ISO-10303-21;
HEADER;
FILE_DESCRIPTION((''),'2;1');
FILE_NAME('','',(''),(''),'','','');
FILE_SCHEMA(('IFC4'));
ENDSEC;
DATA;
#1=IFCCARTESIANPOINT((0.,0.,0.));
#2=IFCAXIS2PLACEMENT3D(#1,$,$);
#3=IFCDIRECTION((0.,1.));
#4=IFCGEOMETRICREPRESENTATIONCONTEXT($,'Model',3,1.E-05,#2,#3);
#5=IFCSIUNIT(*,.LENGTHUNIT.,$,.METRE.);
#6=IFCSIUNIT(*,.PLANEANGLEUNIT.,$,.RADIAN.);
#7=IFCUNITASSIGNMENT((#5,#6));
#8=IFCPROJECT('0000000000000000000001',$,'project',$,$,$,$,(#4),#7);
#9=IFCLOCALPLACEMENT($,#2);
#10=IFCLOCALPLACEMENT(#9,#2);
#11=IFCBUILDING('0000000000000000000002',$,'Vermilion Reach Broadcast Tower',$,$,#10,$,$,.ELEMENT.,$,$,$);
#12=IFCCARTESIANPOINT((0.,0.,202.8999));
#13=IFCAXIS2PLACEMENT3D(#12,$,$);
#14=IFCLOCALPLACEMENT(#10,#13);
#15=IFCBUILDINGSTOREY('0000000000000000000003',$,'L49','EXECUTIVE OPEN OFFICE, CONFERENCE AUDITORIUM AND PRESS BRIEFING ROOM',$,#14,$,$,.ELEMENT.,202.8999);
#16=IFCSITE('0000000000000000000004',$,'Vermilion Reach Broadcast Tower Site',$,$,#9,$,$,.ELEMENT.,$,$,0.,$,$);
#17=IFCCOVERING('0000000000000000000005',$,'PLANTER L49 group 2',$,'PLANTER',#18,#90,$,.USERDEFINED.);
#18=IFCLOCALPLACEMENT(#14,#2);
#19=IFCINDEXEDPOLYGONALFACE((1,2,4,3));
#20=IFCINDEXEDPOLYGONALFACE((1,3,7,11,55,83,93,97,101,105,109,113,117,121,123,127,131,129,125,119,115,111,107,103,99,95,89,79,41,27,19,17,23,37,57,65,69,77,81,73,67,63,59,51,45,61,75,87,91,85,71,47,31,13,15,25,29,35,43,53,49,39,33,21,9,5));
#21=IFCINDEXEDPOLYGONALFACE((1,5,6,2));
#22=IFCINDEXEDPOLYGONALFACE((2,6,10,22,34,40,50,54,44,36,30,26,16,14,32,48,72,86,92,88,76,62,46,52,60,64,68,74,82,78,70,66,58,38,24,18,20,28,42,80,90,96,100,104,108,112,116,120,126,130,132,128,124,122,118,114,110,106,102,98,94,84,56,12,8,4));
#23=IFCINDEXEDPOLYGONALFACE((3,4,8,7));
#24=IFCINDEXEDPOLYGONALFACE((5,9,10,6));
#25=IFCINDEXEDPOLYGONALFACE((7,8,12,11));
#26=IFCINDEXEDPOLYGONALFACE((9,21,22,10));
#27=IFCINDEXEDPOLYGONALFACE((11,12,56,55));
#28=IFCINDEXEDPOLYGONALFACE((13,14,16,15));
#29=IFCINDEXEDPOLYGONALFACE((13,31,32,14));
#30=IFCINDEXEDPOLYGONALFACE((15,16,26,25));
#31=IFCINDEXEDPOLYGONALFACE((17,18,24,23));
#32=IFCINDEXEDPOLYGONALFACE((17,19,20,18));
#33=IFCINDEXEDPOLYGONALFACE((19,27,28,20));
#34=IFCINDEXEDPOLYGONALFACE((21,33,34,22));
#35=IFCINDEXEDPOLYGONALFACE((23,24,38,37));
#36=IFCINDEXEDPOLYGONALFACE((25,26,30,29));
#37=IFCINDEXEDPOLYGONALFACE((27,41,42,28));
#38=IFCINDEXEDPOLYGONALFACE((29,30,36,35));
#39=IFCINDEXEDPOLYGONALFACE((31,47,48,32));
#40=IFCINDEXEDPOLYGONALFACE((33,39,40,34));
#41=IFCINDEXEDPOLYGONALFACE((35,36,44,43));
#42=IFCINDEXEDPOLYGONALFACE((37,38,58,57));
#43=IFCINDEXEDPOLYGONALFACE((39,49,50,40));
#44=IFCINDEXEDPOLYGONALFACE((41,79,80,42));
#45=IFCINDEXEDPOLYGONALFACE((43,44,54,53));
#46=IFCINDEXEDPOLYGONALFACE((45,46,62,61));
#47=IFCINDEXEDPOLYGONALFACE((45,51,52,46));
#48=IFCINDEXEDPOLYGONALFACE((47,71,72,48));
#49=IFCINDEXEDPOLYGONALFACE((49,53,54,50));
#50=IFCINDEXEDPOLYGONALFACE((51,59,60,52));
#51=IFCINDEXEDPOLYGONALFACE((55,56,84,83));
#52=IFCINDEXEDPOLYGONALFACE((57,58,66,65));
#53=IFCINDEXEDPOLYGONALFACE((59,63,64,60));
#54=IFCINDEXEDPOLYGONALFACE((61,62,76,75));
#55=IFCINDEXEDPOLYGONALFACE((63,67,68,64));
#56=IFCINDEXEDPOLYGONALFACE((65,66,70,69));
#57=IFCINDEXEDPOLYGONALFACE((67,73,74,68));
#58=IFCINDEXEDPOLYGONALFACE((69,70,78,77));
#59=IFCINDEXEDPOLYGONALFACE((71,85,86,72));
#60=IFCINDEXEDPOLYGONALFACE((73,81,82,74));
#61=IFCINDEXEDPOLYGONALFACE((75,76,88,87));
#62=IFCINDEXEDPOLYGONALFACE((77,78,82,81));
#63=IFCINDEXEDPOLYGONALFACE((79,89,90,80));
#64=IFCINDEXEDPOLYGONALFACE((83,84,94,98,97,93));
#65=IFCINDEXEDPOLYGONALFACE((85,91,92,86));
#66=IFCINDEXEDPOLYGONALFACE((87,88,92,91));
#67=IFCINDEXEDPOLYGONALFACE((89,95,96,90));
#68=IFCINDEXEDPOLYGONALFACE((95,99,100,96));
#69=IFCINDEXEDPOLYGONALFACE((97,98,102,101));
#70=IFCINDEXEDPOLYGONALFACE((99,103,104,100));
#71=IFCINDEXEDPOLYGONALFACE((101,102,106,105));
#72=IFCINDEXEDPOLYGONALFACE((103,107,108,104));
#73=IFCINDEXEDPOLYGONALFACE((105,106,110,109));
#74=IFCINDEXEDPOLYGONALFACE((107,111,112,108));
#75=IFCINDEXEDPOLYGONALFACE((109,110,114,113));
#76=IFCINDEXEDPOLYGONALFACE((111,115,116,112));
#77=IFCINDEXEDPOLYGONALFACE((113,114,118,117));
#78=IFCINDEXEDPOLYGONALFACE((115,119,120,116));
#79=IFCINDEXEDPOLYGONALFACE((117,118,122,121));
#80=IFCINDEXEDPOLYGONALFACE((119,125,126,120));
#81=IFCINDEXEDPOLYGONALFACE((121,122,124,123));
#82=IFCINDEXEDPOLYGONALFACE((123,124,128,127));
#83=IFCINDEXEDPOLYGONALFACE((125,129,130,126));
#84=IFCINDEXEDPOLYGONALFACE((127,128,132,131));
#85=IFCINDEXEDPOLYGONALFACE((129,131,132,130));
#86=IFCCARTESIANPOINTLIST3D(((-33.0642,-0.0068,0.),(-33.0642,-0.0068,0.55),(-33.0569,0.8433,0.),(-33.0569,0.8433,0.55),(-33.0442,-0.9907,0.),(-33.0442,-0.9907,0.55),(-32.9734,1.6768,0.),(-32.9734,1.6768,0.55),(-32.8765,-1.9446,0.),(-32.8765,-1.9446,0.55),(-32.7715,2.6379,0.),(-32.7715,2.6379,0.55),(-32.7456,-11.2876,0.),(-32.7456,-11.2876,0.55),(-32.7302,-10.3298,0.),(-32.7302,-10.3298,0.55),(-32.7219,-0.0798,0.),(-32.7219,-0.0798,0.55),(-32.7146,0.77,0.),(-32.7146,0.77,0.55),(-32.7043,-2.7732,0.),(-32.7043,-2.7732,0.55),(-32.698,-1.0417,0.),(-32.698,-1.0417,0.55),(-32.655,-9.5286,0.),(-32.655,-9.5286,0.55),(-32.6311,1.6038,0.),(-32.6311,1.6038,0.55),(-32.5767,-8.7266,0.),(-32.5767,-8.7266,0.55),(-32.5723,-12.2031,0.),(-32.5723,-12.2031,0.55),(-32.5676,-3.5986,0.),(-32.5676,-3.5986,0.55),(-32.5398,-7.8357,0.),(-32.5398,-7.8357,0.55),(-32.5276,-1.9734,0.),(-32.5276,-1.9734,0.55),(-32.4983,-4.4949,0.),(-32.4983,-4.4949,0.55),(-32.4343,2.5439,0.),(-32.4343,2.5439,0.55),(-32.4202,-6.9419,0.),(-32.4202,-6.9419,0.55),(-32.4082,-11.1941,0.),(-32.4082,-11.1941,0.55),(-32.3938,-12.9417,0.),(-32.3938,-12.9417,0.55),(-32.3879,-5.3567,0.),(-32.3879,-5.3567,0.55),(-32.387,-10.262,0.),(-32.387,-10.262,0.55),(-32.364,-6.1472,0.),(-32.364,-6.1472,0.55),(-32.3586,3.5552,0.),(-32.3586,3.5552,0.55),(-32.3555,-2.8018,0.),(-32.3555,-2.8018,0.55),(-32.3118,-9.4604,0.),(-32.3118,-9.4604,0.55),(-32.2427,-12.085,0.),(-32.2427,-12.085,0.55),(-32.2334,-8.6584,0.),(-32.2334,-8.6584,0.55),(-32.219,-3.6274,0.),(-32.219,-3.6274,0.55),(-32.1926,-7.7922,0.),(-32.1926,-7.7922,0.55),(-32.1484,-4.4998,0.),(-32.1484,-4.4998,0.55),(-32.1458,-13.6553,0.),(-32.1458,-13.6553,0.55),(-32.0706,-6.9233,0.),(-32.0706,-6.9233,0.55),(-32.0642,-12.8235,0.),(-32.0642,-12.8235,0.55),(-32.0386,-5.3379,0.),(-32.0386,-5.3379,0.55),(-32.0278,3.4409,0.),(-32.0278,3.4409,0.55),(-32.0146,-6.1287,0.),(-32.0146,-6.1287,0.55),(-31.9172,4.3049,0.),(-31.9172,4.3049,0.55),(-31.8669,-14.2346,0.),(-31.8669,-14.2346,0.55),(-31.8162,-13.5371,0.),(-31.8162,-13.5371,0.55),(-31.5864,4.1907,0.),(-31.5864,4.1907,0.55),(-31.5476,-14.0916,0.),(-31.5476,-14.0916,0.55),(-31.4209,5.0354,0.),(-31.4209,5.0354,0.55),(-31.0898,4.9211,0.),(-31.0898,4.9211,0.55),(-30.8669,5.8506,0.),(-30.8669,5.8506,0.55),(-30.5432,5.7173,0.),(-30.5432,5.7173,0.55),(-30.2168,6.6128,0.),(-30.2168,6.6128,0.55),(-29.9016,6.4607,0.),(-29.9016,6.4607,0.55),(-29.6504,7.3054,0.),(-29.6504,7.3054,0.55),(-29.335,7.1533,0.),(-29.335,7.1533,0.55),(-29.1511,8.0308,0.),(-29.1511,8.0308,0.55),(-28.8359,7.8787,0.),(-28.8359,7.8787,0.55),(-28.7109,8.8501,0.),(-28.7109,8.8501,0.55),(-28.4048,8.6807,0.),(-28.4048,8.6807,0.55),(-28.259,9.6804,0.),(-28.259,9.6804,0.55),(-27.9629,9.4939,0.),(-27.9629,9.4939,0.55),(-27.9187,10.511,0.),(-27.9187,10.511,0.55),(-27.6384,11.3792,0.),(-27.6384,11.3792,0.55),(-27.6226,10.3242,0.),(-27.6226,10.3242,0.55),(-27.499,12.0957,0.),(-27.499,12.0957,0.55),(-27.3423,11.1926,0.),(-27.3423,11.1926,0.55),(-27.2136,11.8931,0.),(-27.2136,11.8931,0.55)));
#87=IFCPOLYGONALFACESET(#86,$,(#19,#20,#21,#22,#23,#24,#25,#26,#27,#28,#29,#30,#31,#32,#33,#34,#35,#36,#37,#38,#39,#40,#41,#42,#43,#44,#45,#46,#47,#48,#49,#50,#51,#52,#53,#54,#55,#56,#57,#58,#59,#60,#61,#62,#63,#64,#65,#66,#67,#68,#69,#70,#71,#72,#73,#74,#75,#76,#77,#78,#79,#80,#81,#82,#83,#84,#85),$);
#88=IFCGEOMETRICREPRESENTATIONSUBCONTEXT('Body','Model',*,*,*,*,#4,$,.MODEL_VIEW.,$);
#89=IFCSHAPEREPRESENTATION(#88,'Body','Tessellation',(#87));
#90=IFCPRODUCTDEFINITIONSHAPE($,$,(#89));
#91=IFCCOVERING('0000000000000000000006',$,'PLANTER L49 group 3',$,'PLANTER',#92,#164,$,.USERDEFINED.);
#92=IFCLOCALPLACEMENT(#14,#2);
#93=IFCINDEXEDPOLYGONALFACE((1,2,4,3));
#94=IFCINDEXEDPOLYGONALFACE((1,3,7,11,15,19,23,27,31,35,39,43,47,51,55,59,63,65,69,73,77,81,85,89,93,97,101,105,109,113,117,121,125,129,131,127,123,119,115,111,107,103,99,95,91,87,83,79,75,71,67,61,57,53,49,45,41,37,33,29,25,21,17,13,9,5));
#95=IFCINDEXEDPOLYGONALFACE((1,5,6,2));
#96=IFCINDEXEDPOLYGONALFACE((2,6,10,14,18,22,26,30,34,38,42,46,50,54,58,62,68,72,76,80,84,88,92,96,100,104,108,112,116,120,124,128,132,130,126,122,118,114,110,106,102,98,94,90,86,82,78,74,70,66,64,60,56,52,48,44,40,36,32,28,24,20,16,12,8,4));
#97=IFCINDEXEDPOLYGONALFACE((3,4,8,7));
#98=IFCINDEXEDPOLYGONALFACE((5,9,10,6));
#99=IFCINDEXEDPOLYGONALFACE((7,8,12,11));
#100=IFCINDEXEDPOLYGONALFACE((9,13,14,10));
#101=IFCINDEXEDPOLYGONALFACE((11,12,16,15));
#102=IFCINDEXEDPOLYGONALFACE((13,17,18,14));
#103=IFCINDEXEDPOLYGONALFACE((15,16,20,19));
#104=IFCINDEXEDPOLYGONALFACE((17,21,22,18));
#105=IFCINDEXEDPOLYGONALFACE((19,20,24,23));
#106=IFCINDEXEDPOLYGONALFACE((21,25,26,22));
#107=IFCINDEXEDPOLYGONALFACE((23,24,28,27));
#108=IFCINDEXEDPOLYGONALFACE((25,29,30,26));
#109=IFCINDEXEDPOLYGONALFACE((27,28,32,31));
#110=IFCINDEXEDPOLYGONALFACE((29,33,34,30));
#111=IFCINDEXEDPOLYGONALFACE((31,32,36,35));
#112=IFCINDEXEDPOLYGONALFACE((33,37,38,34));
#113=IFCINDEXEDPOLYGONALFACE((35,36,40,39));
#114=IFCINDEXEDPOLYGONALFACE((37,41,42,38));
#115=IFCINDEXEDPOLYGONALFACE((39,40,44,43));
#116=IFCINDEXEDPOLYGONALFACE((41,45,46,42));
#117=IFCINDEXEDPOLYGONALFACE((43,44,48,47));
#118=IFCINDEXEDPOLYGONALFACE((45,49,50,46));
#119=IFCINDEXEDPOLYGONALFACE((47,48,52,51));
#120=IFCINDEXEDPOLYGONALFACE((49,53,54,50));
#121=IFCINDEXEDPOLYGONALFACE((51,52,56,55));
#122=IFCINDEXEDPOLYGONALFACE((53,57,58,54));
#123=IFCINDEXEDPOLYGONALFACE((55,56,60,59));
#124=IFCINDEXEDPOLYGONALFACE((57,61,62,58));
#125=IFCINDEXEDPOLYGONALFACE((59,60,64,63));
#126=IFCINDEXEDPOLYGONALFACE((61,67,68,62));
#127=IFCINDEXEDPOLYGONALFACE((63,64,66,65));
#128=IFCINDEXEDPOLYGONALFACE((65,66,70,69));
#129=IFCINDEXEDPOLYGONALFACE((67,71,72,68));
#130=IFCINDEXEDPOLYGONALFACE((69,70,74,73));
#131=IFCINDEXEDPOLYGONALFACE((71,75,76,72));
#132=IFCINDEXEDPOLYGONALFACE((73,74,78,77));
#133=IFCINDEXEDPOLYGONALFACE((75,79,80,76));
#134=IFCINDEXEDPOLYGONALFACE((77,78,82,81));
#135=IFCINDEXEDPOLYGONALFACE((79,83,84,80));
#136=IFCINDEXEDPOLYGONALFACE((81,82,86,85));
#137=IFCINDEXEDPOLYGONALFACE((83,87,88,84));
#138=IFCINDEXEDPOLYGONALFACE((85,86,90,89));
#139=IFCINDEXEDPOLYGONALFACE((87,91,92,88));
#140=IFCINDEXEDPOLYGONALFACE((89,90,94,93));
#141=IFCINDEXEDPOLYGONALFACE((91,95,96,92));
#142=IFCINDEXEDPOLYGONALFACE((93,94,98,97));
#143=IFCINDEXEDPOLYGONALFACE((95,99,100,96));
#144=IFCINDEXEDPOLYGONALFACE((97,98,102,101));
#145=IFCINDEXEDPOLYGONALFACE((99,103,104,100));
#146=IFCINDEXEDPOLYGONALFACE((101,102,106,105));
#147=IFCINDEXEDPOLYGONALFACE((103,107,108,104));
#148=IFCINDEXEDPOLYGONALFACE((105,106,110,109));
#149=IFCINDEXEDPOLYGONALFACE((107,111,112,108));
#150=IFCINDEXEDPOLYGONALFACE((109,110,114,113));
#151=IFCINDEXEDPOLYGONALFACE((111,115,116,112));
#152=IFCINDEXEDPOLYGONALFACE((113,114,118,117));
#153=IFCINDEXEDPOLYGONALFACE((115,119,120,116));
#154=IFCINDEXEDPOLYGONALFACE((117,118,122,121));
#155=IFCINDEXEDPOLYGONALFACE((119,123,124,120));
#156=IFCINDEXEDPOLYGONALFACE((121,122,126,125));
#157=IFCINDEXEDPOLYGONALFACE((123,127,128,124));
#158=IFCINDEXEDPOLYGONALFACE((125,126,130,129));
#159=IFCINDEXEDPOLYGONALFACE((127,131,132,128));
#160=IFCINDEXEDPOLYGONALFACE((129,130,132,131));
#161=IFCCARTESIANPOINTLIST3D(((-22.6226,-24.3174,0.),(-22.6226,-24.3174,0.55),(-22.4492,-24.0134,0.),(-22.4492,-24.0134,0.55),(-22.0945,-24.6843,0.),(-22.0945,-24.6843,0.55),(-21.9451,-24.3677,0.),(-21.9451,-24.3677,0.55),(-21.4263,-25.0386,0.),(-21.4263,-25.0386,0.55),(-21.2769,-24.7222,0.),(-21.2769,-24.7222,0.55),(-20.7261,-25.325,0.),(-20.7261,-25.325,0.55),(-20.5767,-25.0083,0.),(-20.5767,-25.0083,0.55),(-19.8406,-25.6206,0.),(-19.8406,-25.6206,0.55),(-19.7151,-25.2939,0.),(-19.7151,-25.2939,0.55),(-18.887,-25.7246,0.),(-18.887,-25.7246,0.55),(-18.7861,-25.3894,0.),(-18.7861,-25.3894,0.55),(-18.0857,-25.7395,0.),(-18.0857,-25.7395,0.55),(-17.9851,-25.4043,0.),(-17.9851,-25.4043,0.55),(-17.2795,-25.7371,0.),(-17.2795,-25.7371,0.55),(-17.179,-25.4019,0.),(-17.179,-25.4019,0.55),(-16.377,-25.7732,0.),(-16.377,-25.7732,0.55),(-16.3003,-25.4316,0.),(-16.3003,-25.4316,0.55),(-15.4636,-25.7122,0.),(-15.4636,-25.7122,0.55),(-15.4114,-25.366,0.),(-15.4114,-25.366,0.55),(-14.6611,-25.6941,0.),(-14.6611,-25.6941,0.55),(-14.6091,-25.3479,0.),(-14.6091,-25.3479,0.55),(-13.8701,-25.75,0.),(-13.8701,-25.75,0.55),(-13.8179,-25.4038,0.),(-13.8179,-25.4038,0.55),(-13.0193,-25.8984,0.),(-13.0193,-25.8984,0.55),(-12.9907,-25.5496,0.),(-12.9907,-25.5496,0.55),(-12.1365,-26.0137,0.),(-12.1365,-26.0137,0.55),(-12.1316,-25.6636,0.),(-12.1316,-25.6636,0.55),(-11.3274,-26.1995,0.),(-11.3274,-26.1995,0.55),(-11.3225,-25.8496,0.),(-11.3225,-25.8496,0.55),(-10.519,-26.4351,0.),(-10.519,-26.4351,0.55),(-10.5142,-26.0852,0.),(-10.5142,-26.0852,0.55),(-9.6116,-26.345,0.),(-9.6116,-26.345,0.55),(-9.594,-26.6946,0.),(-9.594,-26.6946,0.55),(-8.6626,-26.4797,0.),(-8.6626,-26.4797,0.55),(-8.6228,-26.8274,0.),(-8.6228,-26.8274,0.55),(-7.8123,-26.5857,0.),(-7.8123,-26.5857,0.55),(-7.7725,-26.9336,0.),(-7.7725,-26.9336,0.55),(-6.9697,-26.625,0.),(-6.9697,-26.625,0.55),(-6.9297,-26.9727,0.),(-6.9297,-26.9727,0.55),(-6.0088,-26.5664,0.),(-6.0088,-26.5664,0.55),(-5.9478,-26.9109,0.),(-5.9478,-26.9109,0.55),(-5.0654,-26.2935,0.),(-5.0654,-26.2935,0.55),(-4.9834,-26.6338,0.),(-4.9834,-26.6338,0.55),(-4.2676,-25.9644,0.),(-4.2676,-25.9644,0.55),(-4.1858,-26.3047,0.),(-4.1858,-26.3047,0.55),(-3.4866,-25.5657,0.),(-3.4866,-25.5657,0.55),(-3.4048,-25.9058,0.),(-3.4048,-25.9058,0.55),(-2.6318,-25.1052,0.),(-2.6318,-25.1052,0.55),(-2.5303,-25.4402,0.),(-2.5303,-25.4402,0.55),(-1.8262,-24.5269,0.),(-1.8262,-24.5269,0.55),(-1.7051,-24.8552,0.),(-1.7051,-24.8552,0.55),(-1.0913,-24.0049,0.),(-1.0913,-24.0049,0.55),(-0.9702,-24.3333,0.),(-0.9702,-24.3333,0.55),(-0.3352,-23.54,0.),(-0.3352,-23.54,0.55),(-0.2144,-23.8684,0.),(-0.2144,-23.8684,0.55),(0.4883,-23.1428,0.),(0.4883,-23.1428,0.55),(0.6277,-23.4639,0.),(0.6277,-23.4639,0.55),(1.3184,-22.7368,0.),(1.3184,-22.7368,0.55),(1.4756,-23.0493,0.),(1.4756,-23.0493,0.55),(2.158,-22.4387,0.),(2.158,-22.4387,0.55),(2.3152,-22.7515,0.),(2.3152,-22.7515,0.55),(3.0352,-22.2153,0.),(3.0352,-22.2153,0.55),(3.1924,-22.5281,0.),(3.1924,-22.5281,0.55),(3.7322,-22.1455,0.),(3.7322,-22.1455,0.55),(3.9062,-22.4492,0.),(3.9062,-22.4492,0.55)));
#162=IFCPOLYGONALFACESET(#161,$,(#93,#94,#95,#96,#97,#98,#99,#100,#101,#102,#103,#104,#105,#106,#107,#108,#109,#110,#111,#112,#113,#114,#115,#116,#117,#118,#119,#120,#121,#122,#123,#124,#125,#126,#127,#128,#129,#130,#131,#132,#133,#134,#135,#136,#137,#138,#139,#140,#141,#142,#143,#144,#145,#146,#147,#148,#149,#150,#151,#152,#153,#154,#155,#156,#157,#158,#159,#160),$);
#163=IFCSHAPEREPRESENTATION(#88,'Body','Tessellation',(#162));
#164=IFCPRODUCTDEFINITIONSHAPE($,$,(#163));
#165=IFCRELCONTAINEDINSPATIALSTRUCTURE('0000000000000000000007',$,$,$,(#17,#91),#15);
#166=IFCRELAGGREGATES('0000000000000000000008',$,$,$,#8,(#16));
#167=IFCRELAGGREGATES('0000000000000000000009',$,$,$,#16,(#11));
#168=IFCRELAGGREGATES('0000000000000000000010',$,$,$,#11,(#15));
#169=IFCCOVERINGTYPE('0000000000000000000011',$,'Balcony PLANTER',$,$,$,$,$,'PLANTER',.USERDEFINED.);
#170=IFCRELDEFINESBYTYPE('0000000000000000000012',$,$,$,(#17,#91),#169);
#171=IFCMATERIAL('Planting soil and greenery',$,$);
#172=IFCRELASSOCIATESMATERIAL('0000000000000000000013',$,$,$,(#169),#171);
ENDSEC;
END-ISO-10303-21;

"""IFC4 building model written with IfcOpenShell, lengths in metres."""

from ifc_helpers import new_model, si_unit, direction, frame, origin, place, context, subcontext, project, spatial, polyline, outline, extrude, material, type_object, element, save


model = new_model("IFC4")

# Units and contexts
model_context = context("Model", 3, precision=1e-05, world=origin(), true_north=direction((0.0, 1.0)))
body_context = subcontext(model_context, "Body", "Model", "MODEL_VIEW")
ifc_project = project(units=[si_unit("LENGTHUNIT", "METRE"), si_unit("PLANEANGLEUNIT", "RADIAN")], contexts=[model_context])

# Site, building, storey
site_placement = place(None, origin())
site = spatial("IfcSite", under=ifc_project, at=site_placement, Name="Vermilion Reach Broadcast Tower Site", CompositionType="ELEMENT", RefElevation=0.0)
building_placement = place(site_placement, origin())
building = spatial("IfcBuilding", under=site, at=building_placement, Name="Vermilion Reach Broadcast Tower", CompositionType="ELEMENT")
storey_placement = place(building_placement, frame((0.0, 0.0, 202.8999)))
storey = spatial("IfcBuildingStorey", under=building, at=storey_placement, Name="L49", Description="EXECUTIVE OPEN OFFICE, CONFERENCE AUDITORIUM AND PRESS BRIEFING ROOM", CompositionType="ELEMENT", Elevation=202.8999)

# Shared definitions
placement_1 = place(storey_placement, origin())

# Coverings
ifc_material_1 = material(Name="Planting soil and greenery")
covering_type = type_object("IfcCoveringType", Name="Balcony PLANTER", ElementType="PLANTER", PredefinedType="USERDEFINED", material=ifc_material_1)
element("IfcCovering", 1, at=placement_1, inside=storey, type_object=covering_type, Name="PLANTER L49 group 2", ObjectType="PLANTER", PredefinedType="USERDEFINED", context=body_context, shape_type="SweptSolid", body=[
    extrude(outline(polyline([(-27.499, 12.0957), (-27.6384, 11.3792), (-27.9187, 10.511), (-28.259, 9.6804), (-28.7109, 8.8501), (-29.1511, 8.0308), (-29.6504, 7.3054), (-30.2168, 6.6128), (-30.8669, 5.8506), (-31.4209, 5.0354), (-31.9172, 4.3049), (-32.3586, 3.5552), (-32.7715, 2.6379), (-32.9734, 1.6768), (-33.0569, 0.8433), (-33.0642, -0.0068), (-33.0442, -0.9907), (-32.8765, -1.9446), (-32.7043, -2.7732), (-32.5676, -3.5986), (-32.4983, -4.4949), (-32.3879, -5.3567), (-32.364, -6.1472), (-32.4202, -6.9419), (-32.5398, -7.8357), (-32.5767, -8.7266), (-32.655, -9.5286), (-32.7302, -10.3298), (-32.7456, -11.2876), (-32.5723, -12.2031), (-32.3938, -12.9417), (-32.1458, -13.6553), (-31.8669, -14.2346), (-31.5476, -14.0916), (-31.8162, -13.5371), (-32.0642, -12.8235), (-32.2427, -12.085), (-32.4082, -11.1941), (-32.387, -10.262), (-32.3118, -9.4604), (-32.2334, -8.6584), (-32.1926, -7.7922), (-32.0706, -6.9233), (-32.0146, -6.1287), (-32.0386, -5.3379), (-32.1484, -4.4998), (-32.219, -3.6274), (-32.3555, -2.8018), (-32.5276, -1.9734), (-32.698, -1.0417), (-32.7219, -0.0798), (-32.7146, 0.77), (-32.6311, 1.6038), (-32.4343, 2.5439), (-32.0278, 3.4409), (-31.5864, 4.1907), (-31.0898, 4.9211), (-30.5432, 5.7173), (-29.9016, 6.4607), (-29.335, 7.1533), (-28.8359, 7.8787), (-28.4048, 8.6807), (-27.9629, 9.4939), (-27.6226, 10.3242), (-27.3423, 11.1926), (-27.2136, 11.8931), (-27.499, 12.0957)])), origin(), (0.0, 0.0, 1.0), 0.55),
])
element("IfcCovering", 2, at=placement_1, inside=storey, type_object=covering_type, Name="PLANTER L49 group 3", ObjectType="PLANTER", PredefinedType="USERDEFINED", context=body_context, shape_type="SweptSolid", body=[
    extrude(outline(polyline([(-22.6226, -24.3174), (-22.0945, -24.6843), (-21.4263, -25.0386), (-20.7261, -25.325), (-19.8406, -25.6206), (-18.887, -25.7246), (-18.0857, -25.7395), (-17.2795, -25.7371), (-16.377, -25.7732), (-15.4636, -25.7122), (-14.6611, -25.6941), (-13.8701, -25.75), (-13.0193, -25.8984), (-12.1365, -26.0137), (-11.3274, -26.1995), (-10.519, -26.4351), (-9.594, -26.6946), (-8.6228, -26.8274), (-7.7725, -26.9336), (-6.9297, -26.9727), (-5.9478, -26.9109), (-4.9834, -26.6338), (-4.1858, -26.3047), (-3.4048, -25.9058), (-2.5303, -25.4402), (-1.7051, -24.8552), (-0.9702, -24.3333), (-0.2144, -23.8684), (0.6277, -23.4639), (1.4756, -23.0493), (2.3152, -22.7515), (3.1924, -22.5281), (3.9062, -22.4492), (3.7322, -22.1455), (3.0352, -22.2153), (2.158, -22.4387), (1.3184, -22.7368), (0.4883, -23.1428), (-0.3352, -23.54), (-1.0913, -24.0049), (-1.8262, -24.5269), (-2.6318, -25.1052), (-3.4866, -25.5657), (-4.2676, -25.9644), (-5.0654, -26.2935), (-6.0088, -26.5664), (-6.9697, -26.625), (-7.8123, -26.5857), (-8.6626, -26.4797), (-9.6116, -26.345), (-10.5142, -26.0852), (-11.3225, -25.8496), (-12.1316, -25.6636), (-12.9907, -25.5496), (-13.8179, -25.4038), (-14.6091, -25.3479), (-15.4114, -25.366), (-16.3003, -25.4316), (-17.179, -25.4019), (-17.9851, -25.4043), (-18.7861, -25.3894), (-19.7151, -25.2939), (-20.5767, -25.0083), (-21.2769, -24.7222), (-21.9451, -24.3677), (-22.4492, -24.0134), (-22.6226, -24.3174)])), origin(), (0.0, 0.0, 1.0), 0.55),
])

save(model, "model.ifc")
